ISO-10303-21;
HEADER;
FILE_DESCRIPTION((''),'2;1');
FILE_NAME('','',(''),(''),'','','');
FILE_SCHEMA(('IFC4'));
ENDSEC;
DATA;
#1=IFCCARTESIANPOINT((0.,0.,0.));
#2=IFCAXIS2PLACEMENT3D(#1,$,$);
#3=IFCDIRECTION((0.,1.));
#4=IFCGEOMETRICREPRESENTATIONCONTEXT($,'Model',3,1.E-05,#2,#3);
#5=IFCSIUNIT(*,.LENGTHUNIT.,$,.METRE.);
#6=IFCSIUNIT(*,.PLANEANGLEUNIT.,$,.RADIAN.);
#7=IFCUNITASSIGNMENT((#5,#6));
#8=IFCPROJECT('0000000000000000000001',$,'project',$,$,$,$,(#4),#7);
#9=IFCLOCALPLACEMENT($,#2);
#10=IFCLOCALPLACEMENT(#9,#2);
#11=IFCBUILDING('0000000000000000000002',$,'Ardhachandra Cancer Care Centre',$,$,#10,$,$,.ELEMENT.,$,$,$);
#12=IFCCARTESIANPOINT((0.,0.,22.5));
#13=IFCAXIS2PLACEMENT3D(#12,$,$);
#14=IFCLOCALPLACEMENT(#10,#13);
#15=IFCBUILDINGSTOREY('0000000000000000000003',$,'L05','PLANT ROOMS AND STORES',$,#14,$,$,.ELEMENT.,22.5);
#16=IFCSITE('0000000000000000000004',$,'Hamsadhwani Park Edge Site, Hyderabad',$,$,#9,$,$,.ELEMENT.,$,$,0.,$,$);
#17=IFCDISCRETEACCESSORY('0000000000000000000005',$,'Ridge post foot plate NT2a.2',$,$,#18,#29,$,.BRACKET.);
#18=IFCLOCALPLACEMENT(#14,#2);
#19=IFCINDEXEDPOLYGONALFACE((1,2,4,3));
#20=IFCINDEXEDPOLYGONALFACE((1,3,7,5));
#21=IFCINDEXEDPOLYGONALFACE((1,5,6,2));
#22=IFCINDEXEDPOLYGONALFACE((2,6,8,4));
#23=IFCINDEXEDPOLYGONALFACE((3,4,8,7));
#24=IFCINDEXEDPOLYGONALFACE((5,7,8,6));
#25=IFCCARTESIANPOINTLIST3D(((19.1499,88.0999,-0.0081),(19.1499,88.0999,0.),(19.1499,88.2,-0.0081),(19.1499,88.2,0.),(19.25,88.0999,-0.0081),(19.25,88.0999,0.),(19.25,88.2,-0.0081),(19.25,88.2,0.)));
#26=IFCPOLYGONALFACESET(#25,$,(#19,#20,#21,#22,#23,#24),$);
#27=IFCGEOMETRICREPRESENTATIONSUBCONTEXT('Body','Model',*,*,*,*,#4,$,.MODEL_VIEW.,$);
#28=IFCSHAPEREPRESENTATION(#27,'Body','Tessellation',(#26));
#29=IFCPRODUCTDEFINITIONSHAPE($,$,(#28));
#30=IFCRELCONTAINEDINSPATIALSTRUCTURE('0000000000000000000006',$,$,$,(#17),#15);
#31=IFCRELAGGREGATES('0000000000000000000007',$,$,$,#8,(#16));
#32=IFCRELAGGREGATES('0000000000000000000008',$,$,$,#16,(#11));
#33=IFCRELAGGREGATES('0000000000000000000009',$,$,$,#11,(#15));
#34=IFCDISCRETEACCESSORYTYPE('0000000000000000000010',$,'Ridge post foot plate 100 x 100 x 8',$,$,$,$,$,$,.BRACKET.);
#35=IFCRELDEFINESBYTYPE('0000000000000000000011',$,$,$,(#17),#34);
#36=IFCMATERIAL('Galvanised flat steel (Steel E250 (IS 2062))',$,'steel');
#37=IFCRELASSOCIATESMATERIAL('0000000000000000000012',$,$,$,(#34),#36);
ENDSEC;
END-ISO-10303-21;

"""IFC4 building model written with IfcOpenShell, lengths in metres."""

from ifc_helpers import new_model, si_unit, direction, frame, origin, origin_2d, place, context, subcontext, project, spatial, rectangle, extrude, material, material_profile, profile_set, type_object, element, save


model = new_model("IFC4")

# Units and contexts
model_context = context("Model", 3, precision=1e-05, world=origin(), true_north=direction((0.0, 1.0)))
body_context = subcontext(model_context, "Body", "Model", "MODEL_VIEW")
ifc_project = project(units=[si_unit("LENGTHUNIT", "METRE"), si_unit("PLANEANGLEUNIT", "RADIAN")], contexts=[model_context])

# Site, building, storey
site_placement = place(None, origin())
site = spatial("IfcSite", under=ifc_project, at=site_placement, Name="Hamsadhwani Park Edge Site, Hyderabad", CompositionType="ELEMENT", RefElevation=0.0)
building_placement = place(site_placement, origin())
building = spatial("IfcBuilding", under=site, at=building_placement, Name="Ardhachandra Cancer Care Centre", CompositionType="ELEMENT")
storey_placement = place(building_placement, frame((0.0, 0.0, 22.5)))
storey = spatial("IfcBuildingStorey", under=building, at=storey_placement, Name="L05", Description="PLANT ROOMS AND STORES", CompositionType="ELEMENT", Elevation=22.5)

# Discrete accessory
ifc_material_1 = material(Name="Galvanised flat steel (Steel E250 (IS 2062))", Category="steel")
ifc_material_profile_1 = material_profile(ifc_material_1, rectangle(XDim=0.1001, YDim=0.1001, at=origin_2d()), Name="Ridge post foot plate 100 x 100 x 8")
ifc_profile_set_1 = profile_set([ifc_material_profile_1], Name="Galvanised flat steel (Steel E250 (IS 2062))")
discrete_accessory_type_1 = type_object("IfcDiscreteAccessoryType", Name="Ridge post foot plate 100 x 100 x 8", PredefinedType="BRACKET", material=ifc_profile_set_1)
discrete_accessory_1_placement = place(storey_placement, frame((19.2, 88.1499, 0.0), z_axis=(0.0, 0.0, -1.0), x_axis=(1.0, 0.0, 0.0)))
element("IfcDiscreteAccessory", 1, at=discrete_accessory_1_placement, inside=storey, type_object=discrete_accessory_type_1, Name="Ridge post foot plate NT2a.2", PredefinedType="BRACKET", context=body_context, shape_type="SweptSolid", body=[
    extrude(rectangle(XDim=0.1001, YDim=0.1001, at=origin_2d()), origin(), (0.0, 0.0, 1.0), 0.0081),
])

save(model, "model.ifc")
